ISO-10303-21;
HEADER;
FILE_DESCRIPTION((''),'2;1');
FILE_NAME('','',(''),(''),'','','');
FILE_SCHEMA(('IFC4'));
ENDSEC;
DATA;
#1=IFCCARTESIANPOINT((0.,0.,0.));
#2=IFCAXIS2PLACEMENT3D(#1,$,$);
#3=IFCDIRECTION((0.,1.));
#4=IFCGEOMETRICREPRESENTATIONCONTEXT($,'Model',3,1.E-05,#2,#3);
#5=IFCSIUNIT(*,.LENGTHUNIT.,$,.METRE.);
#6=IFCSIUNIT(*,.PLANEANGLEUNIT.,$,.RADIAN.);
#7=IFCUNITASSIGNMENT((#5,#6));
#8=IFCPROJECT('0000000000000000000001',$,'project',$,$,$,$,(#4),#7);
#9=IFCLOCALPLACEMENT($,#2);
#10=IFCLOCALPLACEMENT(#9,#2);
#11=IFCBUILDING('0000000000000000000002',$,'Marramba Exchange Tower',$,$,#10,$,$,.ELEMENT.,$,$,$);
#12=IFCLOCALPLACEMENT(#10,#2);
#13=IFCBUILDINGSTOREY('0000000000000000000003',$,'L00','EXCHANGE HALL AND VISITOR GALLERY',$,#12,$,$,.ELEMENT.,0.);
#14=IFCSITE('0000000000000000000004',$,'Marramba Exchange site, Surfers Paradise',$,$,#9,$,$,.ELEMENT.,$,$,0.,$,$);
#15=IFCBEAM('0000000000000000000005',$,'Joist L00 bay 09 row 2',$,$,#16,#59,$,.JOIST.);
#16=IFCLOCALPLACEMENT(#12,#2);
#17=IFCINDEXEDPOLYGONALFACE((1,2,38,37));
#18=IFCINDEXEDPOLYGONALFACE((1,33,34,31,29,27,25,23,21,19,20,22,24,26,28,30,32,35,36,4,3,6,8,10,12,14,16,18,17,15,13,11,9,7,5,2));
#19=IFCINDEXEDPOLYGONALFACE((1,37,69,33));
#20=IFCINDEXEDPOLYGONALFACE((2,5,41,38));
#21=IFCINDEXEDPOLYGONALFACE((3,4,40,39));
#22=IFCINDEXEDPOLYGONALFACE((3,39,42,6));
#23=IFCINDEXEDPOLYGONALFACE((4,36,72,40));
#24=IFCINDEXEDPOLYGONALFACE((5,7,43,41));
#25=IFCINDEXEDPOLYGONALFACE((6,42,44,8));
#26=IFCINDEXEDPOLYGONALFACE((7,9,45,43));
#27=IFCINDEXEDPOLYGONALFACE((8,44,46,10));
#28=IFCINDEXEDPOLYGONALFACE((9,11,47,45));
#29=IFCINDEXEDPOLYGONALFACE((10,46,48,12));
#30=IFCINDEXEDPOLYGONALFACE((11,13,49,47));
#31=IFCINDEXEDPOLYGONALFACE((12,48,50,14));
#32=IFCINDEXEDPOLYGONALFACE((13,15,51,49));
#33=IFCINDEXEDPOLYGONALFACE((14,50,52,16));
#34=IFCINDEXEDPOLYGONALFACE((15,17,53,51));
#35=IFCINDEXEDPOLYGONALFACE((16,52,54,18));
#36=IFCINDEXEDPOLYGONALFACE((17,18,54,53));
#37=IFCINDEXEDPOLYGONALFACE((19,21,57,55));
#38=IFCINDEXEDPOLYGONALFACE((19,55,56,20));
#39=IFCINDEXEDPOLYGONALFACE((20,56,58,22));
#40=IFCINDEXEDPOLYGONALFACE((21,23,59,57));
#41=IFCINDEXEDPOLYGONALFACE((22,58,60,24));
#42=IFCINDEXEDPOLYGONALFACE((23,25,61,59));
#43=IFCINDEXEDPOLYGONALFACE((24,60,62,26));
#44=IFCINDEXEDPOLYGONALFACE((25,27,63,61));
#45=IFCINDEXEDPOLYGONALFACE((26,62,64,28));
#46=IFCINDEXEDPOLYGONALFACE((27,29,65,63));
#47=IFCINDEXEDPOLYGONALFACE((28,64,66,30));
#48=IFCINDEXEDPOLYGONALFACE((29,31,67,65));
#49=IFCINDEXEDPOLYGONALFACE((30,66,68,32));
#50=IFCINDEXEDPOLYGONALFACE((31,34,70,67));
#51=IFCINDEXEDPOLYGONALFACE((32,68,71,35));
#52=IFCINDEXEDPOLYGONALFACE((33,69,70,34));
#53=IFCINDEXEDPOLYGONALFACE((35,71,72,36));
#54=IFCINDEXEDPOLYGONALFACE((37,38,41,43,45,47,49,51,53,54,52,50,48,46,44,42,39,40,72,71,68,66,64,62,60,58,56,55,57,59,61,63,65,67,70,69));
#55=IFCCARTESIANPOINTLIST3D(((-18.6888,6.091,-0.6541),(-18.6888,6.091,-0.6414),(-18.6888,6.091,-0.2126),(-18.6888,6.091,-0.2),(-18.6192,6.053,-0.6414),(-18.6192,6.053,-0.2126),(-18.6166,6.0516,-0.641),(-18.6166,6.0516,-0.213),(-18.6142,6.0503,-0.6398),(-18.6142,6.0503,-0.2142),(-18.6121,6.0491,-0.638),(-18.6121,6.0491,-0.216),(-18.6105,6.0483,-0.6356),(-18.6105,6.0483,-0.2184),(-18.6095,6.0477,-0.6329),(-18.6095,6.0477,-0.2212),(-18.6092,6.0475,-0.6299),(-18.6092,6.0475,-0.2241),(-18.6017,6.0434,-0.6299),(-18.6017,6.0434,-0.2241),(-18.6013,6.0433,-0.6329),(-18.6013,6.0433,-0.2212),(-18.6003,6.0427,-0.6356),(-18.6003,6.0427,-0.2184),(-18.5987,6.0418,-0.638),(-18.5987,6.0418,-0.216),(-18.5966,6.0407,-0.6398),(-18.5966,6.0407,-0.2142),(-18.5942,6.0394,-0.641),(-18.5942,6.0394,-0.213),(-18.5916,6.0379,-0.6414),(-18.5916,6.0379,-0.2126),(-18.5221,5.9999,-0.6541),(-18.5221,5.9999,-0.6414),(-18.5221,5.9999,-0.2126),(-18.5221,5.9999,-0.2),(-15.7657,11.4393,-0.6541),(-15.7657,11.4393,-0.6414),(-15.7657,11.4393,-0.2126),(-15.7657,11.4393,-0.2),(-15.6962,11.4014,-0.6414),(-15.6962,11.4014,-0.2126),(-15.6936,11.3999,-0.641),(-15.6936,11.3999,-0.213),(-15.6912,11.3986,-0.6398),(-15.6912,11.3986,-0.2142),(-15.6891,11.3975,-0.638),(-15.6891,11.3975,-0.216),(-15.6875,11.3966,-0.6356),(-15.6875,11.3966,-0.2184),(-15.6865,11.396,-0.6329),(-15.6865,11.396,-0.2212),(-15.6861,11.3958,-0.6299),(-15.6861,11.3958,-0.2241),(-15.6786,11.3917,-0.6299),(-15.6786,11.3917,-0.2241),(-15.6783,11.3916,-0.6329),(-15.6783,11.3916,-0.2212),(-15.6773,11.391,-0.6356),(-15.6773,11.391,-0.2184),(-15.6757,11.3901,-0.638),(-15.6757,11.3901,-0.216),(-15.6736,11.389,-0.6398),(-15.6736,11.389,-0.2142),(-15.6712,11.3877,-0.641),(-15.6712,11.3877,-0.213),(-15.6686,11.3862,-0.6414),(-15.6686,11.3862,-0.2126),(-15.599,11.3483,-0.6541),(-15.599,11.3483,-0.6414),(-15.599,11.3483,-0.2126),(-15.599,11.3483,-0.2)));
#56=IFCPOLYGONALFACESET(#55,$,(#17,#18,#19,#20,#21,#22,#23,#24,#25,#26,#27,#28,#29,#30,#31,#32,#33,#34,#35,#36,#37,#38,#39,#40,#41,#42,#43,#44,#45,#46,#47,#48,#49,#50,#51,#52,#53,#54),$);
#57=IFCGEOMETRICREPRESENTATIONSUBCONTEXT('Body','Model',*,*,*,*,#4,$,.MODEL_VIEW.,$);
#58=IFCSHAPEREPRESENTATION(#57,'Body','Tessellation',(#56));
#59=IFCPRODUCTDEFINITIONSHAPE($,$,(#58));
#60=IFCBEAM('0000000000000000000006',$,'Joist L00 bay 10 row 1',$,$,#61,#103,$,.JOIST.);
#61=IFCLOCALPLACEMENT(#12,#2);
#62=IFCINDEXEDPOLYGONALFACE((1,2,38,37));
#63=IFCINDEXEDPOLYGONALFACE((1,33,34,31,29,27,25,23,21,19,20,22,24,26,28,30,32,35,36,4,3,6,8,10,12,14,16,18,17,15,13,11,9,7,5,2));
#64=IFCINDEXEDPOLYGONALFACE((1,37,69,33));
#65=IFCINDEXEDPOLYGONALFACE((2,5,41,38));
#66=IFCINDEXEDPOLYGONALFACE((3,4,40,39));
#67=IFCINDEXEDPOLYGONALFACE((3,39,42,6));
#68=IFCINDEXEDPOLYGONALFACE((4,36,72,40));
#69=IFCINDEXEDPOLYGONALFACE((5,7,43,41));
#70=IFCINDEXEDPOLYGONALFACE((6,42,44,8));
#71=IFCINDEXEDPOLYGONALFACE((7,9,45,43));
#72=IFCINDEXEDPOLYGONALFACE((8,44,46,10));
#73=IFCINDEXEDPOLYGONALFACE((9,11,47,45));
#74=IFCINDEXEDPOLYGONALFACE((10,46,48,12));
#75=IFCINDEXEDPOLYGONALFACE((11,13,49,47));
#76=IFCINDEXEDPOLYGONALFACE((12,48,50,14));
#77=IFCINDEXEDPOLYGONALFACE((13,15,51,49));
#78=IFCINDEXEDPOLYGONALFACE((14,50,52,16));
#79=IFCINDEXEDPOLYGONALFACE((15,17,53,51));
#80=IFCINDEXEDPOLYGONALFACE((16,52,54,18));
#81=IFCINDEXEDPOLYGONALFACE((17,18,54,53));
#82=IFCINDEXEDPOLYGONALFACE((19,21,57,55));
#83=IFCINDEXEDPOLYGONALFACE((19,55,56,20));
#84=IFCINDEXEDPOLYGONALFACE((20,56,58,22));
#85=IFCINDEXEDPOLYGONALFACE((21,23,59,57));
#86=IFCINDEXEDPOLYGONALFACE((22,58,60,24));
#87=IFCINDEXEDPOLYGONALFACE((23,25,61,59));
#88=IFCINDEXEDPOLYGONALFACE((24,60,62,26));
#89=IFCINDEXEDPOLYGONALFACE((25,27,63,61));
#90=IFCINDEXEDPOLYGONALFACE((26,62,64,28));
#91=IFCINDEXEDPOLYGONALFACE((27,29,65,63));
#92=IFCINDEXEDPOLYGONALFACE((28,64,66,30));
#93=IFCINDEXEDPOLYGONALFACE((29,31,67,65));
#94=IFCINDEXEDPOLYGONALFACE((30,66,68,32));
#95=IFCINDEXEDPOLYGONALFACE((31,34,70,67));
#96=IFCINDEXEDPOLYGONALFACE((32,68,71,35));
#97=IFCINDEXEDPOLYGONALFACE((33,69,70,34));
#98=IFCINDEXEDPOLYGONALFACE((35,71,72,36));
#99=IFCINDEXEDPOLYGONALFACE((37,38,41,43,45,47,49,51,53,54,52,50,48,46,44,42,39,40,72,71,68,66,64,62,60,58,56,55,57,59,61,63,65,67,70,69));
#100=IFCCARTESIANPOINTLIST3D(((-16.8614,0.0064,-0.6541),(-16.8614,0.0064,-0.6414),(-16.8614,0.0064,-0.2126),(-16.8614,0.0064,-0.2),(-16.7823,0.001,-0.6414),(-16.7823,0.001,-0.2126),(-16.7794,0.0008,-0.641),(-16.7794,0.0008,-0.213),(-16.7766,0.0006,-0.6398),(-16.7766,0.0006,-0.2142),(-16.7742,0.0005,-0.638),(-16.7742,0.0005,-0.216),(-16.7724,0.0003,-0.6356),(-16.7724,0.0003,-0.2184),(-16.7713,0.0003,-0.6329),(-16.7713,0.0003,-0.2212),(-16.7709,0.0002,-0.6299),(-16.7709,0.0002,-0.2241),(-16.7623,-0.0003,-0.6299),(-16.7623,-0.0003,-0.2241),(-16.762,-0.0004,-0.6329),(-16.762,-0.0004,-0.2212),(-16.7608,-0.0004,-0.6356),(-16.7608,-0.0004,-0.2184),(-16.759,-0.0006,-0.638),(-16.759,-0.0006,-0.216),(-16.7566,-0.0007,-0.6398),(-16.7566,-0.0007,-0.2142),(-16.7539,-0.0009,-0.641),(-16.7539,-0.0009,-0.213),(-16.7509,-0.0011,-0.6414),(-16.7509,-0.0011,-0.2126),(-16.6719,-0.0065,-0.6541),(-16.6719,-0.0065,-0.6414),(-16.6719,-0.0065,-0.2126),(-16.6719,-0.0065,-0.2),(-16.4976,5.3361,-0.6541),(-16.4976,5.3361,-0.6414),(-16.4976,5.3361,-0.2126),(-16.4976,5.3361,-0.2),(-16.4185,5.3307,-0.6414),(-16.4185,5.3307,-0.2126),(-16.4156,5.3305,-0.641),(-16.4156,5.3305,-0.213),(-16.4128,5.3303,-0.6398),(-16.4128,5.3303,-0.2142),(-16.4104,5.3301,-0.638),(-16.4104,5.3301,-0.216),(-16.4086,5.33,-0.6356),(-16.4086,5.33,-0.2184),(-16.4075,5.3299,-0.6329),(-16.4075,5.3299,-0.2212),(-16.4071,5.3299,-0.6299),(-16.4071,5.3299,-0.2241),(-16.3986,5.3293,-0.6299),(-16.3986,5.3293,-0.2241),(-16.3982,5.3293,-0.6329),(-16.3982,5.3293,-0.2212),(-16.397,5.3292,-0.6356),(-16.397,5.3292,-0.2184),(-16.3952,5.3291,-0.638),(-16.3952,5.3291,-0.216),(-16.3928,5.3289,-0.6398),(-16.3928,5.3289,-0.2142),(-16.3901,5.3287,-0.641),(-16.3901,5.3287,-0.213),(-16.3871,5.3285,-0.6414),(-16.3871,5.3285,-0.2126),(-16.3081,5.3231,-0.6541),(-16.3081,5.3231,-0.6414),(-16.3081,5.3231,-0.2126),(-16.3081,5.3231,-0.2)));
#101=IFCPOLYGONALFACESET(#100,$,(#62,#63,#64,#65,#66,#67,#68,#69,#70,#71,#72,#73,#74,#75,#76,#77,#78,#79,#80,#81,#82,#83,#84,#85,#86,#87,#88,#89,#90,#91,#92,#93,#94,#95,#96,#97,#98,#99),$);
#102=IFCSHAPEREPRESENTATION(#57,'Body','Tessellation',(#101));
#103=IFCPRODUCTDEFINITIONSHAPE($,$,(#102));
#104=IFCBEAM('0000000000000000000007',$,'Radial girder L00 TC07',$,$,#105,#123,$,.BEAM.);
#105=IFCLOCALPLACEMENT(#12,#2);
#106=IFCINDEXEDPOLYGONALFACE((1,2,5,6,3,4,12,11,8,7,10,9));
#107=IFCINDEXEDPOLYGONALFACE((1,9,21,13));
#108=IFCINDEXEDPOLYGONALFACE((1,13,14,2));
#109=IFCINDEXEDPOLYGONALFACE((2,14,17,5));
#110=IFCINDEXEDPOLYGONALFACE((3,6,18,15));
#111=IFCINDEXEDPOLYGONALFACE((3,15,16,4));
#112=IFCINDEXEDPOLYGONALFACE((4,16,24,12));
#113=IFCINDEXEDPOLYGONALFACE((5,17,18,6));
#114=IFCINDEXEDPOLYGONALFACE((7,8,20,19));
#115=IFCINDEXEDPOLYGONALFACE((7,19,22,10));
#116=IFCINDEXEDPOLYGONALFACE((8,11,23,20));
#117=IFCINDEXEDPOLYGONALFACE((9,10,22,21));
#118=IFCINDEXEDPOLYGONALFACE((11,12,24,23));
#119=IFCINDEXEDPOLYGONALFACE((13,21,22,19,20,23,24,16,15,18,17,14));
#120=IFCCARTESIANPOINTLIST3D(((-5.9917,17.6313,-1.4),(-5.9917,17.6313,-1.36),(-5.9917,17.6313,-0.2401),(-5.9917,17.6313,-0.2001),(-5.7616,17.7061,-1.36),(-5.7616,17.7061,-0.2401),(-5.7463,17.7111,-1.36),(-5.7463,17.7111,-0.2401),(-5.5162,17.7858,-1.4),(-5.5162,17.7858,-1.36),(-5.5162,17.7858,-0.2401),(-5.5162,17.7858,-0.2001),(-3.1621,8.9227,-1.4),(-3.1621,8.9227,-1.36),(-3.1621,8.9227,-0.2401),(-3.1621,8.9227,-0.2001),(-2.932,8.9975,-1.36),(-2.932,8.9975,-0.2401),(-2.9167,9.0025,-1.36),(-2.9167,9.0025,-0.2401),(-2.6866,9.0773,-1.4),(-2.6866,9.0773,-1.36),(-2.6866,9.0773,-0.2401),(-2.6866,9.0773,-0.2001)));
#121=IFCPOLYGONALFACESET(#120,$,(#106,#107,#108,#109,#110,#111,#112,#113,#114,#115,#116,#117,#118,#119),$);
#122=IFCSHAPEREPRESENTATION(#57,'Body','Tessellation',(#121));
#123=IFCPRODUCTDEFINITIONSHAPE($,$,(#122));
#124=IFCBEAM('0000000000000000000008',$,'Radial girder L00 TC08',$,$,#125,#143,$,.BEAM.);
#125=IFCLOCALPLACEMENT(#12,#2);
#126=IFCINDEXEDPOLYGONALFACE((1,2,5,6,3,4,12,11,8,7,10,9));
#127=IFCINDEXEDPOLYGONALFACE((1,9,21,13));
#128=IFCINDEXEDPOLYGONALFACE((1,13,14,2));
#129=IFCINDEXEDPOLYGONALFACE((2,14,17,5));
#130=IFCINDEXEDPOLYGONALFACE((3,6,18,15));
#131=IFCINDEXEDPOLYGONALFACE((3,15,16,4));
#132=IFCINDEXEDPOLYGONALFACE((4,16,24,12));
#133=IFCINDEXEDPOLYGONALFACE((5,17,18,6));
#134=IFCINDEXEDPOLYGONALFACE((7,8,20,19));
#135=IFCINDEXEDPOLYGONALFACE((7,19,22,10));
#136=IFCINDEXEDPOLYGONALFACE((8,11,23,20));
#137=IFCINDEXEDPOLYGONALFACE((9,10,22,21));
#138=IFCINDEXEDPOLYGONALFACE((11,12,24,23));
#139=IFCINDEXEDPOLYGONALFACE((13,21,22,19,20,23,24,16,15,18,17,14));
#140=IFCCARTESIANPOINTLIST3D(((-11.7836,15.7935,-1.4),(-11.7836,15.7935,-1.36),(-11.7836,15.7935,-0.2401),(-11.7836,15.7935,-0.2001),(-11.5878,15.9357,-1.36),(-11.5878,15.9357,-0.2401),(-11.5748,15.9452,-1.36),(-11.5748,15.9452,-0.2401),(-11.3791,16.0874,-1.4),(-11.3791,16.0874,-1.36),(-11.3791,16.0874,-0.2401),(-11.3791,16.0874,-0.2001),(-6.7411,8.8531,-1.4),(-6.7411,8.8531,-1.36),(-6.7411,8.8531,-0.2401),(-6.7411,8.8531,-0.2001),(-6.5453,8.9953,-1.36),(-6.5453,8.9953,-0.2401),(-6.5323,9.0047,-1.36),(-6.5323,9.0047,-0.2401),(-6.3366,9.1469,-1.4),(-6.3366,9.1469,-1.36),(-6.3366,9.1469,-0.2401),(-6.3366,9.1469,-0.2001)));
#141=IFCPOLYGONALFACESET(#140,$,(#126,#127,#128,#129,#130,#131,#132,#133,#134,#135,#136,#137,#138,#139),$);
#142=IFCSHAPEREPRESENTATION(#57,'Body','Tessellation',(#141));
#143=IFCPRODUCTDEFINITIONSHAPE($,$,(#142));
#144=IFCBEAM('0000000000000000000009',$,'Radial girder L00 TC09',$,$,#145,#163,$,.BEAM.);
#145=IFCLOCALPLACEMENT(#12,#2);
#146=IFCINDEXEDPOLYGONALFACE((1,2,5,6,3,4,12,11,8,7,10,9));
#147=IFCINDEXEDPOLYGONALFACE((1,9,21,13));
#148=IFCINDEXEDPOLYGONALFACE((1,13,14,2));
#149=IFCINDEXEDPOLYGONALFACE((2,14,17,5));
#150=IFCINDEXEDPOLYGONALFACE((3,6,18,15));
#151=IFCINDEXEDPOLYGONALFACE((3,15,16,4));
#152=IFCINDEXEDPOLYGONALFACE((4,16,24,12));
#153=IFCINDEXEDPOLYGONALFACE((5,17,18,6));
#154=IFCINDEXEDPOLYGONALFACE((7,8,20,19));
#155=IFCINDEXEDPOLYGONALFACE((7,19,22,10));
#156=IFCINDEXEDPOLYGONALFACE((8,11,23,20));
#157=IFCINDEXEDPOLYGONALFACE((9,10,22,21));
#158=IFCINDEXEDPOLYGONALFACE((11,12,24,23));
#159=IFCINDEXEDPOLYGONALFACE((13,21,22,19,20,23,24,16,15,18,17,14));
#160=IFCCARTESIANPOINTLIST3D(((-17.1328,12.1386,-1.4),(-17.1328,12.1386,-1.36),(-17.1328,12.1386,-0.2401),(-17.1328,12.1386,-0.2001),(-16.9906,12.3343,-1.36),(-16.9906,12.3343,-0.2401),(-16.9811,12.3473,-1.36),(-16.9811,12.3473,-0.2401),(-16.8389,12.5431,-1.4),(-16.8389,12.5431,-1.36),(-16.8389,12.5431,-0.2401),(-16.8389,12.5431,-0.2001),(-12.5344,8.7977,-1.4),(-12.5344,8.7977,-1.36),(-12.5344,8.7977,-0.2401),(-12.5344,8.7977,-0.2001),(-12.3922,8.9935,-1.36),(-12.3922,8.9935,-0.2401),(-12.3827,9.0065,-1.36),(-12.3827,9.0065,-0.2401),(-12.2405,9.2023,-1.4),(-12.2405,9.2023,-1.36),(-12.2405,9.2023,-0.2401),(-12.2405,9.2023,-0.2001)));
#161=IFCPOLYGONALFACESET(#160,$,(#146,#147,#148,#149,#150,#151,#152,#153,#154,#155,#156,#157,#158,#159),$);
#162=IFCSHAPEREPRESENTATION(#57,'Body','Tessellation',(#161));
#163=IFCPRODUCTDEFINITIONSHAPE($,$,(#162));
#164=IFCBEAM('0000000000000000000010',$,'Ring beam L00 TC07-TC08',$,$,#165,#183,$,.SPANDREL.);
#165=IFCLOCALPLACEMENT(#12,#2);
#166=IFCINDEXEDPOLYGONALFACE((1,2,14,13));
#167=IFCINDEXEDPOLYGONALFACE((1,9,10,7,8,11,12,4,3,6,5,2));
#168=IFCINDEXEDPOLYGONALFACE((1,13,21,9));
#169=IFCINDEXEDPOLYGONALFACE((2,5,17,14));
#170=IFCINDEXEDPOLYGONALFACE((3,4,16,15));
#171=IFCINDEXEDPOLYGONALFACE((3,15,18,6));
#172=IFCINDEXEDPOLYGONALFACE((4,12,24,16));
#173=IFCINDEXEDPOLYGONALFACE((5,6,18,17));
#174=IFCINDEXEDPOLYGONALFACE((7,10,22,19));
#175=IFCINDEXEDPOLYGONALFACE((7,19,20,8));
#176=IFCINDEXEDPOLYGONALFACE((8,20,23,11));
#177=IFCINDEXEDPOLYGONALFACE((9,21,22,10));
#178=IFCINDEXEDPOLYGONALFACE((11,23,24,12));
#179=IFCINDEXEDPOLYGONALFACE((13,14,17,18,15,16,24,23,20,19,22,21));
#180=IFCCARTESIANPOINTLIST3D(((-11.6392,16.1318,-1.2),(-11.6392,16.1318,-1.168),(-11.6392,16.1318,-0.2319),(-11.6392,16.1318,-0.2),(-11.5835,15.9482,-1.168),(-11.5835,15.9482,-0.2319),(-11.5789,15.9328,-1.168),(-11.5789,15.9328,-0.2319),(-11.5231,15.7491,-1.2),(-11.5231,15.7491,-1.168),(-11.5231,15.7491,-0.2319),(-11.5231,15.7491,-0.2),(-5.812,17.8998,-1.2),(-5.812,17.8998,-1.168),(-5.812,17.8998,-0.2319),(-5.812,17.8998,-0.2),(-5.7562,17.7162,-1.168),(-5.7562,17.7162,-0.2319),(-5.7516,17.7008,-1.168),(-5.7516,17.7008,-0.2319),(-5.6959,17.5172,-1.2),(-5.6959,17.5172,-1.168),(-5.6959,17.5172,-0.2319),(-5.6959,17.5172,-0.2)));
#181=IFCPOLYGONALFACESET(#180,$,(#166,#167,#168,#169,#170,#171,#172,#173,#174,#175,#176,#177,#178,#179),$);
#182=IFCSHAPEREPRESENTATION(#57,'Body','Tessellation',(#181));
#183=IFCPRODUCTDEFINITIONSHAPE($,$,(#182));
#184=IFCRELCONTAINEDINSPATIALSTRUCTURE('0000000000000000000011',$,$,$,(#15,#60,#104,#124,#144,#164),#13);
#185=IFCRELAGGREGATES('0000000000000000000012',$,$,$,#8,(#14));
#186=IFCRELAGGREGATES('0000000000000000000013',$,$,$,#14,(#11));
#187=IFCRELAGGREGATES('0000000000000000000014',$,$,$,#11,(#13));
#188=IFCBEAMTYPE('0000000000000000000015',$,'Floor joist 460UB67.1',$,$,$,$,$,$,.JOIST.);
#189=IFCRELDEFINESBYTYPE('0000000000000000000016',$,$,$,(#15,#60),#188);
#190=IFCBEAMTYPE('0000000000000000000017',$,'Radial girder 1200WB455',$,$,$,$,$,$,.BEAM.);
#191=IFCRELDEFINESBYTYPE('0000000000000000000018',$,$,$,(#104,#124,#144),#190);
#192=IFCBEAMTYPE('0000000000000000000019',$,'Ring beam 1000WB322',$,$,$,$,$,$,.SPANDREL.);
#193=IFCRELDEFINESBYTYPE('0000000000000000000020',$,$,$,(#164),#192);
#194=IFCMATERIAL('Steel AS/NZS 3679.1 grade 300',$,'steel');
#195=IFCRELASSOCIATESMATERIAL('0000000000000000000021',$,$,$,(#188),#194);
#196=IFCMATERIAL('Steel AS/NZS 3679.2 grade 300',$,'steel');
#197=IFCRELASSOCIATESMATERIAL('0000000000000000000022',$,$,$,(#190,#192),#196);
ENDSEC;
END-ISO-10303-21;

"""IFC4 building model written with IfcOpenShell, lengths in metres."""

from ifc_helpers import new_model, si_unit, direction, frame, origin, origin_2d, place, context, subcontext, project, spatial, i_section, extrude, material, material_profile, profile_set, type_object, element, save


model = new_model("IFC4")

# Units and contexts
model_context = context("Model", 3, precision=1e-05, world=origin(), true_north=direction((0.0, 1.0)))
body_context = subcontext(model_context, "Body", "Model", "MODEL_VIEW")
ifc_project = project(units=[si_unit("LENGTHUNIT", "METRE"), si_unit("PLANEANGLEUNIT", "RADIAN")], contexts=[model_context])

# Site, building, storey
site_placement = place(None, origin())
site = spatial("IfcSite", under=ifc_project, at=site_placement, Name="Marramba Exchange site, Surfers Paradise", CompositionType="ELEMENT", RefElevation=0.0)
building_placement = place(site_placement, origin())
building = spatial("IfcBuilding", under=site, at=building_placement, Name="Marramba Exchange Tower", CompositionType="ELEMENT")
storey_placement = place(building_placement, origin())
storey = spatial("IfcBuildingStorey", under=building, at=storey_placement, Name="L00", Description="EXCHANGE HALL AND VISITOR GALLERY", CompositionType="ELEMENT", Elevation=0.0)

# Beams
ifc_material_1 = material(Name="Steel AS/NZS 3679.1 grade 300", Category="steel")
ifc_material_profile_1 = material_profile(ifc_material_1, i_section(OverallWidth=0.1899, OverallDepth=0.4541, WebThickness=0.0085, FlangeThickness=0.0127, FilletRadius=0.0115, at=origin_2d()), Name="460UB67.1")
ifc_profile_set_1 = profile_set([ifc_material_profile_1], Name="Steel AS/NZS 3679.1 grade 300")
beam_type_1 = type_object("IfcBeamType", Name="Floor joist 460UB67.1", PredefinedType="JOIST", material=ifc_profile_set_1)
beam_1_placement = place(storey_placement, frame((-15.6824, 11.3938, -0.427), z_axis=(-0.479584, -0.877496, 0.0), x_axis=(0.877496, -0.479584, 0.0)))
element("IfcBeam", 1, at=beam_1_placement, inside=storey, type_object=beam_type_1, Name="Joist L00 bay 09 row 2", PredefinedType="JOIST", context=body_context, shape_type="SweptSolid", body=[
    extrude(i_section(OverallWidth=0.1899, OverallDepth=0.4541, WebThickness=0.0085, FlangeThickness=0.0127, FilletRadius=0.0115, at=origin_2d()), origin(), (0.0, 0.0, 1.0), 6.095),
])
beam_2_placement = place(storey_placement, frame((-16.4028, 5.3296, -0.427), z_axis=(-0.068096, -0.997679, 0.0), x_axis=(0.997679, -0.068096, 0.0)))
element("IfcBeam", 2, at=beam_2_placement, inside=storey, type_object=beam_type_1, Name="Joist L00 bay 10 row 1", PredefinedType="JOIST", context=body_context, shape_type="SweptSolid", body=[
    extrude(i_section(OverallWidth=0.1899, OverallDepth=0.4541, WebThickness=0.0085, FlangeThickness=0.0127, FilletRadius=0.0115, at=origin_2d()), origin(), (0.0, 0.0, 1.0), 5.342),
])
ifc_material_2 = material(Name="Steel AS/NZS 3679.2 grade 300", Category="steel")
ifc_material_profile_2 = material_profile(ifc_material_2, i_section(OverallWidth=0.5, OverallDepth=1.2, WebThickness=0.0161, FlangeThickness=0.04, at=origin_2d()), Name="1200WB455")
ifc_profile_set_2 = profile_set([ifc_material_profile_2], Name="Steel AS/NZS 3679.2 grade 300")
beam_type_2 = type_object("IfcBeamType", Name="Radial girder 1200WB455", PredefinedType="BEAM", material=ifc_profile_set_2)
beam_3_placement = place(storey_placement, frame((-2.9243, 9.0, -0.8), z_axis=(-0.30902, 0.951056, 0.0), x_axis=(-0.951056, -0.30902, 0.0)))
element("IfcBeam", 3, at=beam_3_placement, inside=storey, type_object=beam_type_2, Name="Radial girder L00 TC07", PredefinedType="BEAM", context=body_context, shape_type="SweptSolid", body=[
    extrude(i_section(OverallWidth=0.5, OverallDepth=1.2, WebThickness=0.0161, FlangeThickness=0.04, at=origin_2d()), origin(), (0.0, 0.0, 1.0), 9.1567),
])
beam_4_placement = place(storey_placement, frame((-6.5388, 9.0, -0.8), z_axis=(-0.587782, 0.809019, 0.0), x_axis=(-0.809019, -0.587782, 0.0)))
element("IfcBeam", 4, at=beam_4_placement, inside=storey, type_object=beam_type_2, Name="Radial girder L00 TC08", PredefinedType="BEAM", context=body_context, shape_type="SweptSolid", body=[
    extrude(i_section(OverallWidth=0.5, OverallDepth=1.2, WebThickness=0.0161, FlangeThickness=0.04, at=origin_2d()), origin(), (0.0, 0.0, 1.0), 8.5789),
])
beam_5_placement = place(storey_placement, frame((-12.3875, 9.0, -0.8), z_axis=(-0.809026, 0.587773, 0.0), x_axis=(-0.587773, -0.809026, 0.0)))
element("IfcBeam", 5, at=beam_5_placement, inside=storey, type_object=beam_type_2, Name="Radial girder L00 TC09", PredefinedType="BEAM", context=body_context, shape_type="SweptSolid", body=[
    extrude(i_section(OverallWidth=0.5, OverallDepth=1.2, WebThickness=0.0161, FlangeThickness=0.04, at=origin_2d()), origin(), (0.0, 0.0, 1.0), 5.6838),
])
ifc_material_profile_3 = material_profile(ifc_material_2, i_section(OverallWidth=0.3999, OverallDepth=1.0, WebThickness=0.0161, FlangeThickness=0.032, at=origin_2d()), Name="1000WB322")
ifc_profile_set_3 = profile_set([ifc_material_profile_3], Name="Steel AS/NZS 3679.2 grade 300")
beam_type_3 = type_object("IfcBeamType", Name="Ring beam 1000WB322", PredefinedType="SPANDREL", material=ifc_profile_set_3)
beam_6_placement = place(storey_placement, frame((-5.7539, 17.7085, -0.7), z_axis=(-0.956925, -0.290337, 0.0), x_axis=(0.290337, -0.956925, 0.0)))
element("IfcBeam", 6, at=beam_6_placement, inside=storey, type_object=beam_type_3, Name="Ring beam L00 TC07-TC08", PredefinedType="SPANDREL", context=body_context, shape_type="SweptSolid", body=[
    extrude(i_section(OverallWidth=0.3999, OverallDepth=1.0, WebThickness=0.0161, FlangeThickness=0.032, at=origin_2d()), origin(), (0.0, 0.0, 1.0), 6.0896),
])

save(model, "model.ifc")
